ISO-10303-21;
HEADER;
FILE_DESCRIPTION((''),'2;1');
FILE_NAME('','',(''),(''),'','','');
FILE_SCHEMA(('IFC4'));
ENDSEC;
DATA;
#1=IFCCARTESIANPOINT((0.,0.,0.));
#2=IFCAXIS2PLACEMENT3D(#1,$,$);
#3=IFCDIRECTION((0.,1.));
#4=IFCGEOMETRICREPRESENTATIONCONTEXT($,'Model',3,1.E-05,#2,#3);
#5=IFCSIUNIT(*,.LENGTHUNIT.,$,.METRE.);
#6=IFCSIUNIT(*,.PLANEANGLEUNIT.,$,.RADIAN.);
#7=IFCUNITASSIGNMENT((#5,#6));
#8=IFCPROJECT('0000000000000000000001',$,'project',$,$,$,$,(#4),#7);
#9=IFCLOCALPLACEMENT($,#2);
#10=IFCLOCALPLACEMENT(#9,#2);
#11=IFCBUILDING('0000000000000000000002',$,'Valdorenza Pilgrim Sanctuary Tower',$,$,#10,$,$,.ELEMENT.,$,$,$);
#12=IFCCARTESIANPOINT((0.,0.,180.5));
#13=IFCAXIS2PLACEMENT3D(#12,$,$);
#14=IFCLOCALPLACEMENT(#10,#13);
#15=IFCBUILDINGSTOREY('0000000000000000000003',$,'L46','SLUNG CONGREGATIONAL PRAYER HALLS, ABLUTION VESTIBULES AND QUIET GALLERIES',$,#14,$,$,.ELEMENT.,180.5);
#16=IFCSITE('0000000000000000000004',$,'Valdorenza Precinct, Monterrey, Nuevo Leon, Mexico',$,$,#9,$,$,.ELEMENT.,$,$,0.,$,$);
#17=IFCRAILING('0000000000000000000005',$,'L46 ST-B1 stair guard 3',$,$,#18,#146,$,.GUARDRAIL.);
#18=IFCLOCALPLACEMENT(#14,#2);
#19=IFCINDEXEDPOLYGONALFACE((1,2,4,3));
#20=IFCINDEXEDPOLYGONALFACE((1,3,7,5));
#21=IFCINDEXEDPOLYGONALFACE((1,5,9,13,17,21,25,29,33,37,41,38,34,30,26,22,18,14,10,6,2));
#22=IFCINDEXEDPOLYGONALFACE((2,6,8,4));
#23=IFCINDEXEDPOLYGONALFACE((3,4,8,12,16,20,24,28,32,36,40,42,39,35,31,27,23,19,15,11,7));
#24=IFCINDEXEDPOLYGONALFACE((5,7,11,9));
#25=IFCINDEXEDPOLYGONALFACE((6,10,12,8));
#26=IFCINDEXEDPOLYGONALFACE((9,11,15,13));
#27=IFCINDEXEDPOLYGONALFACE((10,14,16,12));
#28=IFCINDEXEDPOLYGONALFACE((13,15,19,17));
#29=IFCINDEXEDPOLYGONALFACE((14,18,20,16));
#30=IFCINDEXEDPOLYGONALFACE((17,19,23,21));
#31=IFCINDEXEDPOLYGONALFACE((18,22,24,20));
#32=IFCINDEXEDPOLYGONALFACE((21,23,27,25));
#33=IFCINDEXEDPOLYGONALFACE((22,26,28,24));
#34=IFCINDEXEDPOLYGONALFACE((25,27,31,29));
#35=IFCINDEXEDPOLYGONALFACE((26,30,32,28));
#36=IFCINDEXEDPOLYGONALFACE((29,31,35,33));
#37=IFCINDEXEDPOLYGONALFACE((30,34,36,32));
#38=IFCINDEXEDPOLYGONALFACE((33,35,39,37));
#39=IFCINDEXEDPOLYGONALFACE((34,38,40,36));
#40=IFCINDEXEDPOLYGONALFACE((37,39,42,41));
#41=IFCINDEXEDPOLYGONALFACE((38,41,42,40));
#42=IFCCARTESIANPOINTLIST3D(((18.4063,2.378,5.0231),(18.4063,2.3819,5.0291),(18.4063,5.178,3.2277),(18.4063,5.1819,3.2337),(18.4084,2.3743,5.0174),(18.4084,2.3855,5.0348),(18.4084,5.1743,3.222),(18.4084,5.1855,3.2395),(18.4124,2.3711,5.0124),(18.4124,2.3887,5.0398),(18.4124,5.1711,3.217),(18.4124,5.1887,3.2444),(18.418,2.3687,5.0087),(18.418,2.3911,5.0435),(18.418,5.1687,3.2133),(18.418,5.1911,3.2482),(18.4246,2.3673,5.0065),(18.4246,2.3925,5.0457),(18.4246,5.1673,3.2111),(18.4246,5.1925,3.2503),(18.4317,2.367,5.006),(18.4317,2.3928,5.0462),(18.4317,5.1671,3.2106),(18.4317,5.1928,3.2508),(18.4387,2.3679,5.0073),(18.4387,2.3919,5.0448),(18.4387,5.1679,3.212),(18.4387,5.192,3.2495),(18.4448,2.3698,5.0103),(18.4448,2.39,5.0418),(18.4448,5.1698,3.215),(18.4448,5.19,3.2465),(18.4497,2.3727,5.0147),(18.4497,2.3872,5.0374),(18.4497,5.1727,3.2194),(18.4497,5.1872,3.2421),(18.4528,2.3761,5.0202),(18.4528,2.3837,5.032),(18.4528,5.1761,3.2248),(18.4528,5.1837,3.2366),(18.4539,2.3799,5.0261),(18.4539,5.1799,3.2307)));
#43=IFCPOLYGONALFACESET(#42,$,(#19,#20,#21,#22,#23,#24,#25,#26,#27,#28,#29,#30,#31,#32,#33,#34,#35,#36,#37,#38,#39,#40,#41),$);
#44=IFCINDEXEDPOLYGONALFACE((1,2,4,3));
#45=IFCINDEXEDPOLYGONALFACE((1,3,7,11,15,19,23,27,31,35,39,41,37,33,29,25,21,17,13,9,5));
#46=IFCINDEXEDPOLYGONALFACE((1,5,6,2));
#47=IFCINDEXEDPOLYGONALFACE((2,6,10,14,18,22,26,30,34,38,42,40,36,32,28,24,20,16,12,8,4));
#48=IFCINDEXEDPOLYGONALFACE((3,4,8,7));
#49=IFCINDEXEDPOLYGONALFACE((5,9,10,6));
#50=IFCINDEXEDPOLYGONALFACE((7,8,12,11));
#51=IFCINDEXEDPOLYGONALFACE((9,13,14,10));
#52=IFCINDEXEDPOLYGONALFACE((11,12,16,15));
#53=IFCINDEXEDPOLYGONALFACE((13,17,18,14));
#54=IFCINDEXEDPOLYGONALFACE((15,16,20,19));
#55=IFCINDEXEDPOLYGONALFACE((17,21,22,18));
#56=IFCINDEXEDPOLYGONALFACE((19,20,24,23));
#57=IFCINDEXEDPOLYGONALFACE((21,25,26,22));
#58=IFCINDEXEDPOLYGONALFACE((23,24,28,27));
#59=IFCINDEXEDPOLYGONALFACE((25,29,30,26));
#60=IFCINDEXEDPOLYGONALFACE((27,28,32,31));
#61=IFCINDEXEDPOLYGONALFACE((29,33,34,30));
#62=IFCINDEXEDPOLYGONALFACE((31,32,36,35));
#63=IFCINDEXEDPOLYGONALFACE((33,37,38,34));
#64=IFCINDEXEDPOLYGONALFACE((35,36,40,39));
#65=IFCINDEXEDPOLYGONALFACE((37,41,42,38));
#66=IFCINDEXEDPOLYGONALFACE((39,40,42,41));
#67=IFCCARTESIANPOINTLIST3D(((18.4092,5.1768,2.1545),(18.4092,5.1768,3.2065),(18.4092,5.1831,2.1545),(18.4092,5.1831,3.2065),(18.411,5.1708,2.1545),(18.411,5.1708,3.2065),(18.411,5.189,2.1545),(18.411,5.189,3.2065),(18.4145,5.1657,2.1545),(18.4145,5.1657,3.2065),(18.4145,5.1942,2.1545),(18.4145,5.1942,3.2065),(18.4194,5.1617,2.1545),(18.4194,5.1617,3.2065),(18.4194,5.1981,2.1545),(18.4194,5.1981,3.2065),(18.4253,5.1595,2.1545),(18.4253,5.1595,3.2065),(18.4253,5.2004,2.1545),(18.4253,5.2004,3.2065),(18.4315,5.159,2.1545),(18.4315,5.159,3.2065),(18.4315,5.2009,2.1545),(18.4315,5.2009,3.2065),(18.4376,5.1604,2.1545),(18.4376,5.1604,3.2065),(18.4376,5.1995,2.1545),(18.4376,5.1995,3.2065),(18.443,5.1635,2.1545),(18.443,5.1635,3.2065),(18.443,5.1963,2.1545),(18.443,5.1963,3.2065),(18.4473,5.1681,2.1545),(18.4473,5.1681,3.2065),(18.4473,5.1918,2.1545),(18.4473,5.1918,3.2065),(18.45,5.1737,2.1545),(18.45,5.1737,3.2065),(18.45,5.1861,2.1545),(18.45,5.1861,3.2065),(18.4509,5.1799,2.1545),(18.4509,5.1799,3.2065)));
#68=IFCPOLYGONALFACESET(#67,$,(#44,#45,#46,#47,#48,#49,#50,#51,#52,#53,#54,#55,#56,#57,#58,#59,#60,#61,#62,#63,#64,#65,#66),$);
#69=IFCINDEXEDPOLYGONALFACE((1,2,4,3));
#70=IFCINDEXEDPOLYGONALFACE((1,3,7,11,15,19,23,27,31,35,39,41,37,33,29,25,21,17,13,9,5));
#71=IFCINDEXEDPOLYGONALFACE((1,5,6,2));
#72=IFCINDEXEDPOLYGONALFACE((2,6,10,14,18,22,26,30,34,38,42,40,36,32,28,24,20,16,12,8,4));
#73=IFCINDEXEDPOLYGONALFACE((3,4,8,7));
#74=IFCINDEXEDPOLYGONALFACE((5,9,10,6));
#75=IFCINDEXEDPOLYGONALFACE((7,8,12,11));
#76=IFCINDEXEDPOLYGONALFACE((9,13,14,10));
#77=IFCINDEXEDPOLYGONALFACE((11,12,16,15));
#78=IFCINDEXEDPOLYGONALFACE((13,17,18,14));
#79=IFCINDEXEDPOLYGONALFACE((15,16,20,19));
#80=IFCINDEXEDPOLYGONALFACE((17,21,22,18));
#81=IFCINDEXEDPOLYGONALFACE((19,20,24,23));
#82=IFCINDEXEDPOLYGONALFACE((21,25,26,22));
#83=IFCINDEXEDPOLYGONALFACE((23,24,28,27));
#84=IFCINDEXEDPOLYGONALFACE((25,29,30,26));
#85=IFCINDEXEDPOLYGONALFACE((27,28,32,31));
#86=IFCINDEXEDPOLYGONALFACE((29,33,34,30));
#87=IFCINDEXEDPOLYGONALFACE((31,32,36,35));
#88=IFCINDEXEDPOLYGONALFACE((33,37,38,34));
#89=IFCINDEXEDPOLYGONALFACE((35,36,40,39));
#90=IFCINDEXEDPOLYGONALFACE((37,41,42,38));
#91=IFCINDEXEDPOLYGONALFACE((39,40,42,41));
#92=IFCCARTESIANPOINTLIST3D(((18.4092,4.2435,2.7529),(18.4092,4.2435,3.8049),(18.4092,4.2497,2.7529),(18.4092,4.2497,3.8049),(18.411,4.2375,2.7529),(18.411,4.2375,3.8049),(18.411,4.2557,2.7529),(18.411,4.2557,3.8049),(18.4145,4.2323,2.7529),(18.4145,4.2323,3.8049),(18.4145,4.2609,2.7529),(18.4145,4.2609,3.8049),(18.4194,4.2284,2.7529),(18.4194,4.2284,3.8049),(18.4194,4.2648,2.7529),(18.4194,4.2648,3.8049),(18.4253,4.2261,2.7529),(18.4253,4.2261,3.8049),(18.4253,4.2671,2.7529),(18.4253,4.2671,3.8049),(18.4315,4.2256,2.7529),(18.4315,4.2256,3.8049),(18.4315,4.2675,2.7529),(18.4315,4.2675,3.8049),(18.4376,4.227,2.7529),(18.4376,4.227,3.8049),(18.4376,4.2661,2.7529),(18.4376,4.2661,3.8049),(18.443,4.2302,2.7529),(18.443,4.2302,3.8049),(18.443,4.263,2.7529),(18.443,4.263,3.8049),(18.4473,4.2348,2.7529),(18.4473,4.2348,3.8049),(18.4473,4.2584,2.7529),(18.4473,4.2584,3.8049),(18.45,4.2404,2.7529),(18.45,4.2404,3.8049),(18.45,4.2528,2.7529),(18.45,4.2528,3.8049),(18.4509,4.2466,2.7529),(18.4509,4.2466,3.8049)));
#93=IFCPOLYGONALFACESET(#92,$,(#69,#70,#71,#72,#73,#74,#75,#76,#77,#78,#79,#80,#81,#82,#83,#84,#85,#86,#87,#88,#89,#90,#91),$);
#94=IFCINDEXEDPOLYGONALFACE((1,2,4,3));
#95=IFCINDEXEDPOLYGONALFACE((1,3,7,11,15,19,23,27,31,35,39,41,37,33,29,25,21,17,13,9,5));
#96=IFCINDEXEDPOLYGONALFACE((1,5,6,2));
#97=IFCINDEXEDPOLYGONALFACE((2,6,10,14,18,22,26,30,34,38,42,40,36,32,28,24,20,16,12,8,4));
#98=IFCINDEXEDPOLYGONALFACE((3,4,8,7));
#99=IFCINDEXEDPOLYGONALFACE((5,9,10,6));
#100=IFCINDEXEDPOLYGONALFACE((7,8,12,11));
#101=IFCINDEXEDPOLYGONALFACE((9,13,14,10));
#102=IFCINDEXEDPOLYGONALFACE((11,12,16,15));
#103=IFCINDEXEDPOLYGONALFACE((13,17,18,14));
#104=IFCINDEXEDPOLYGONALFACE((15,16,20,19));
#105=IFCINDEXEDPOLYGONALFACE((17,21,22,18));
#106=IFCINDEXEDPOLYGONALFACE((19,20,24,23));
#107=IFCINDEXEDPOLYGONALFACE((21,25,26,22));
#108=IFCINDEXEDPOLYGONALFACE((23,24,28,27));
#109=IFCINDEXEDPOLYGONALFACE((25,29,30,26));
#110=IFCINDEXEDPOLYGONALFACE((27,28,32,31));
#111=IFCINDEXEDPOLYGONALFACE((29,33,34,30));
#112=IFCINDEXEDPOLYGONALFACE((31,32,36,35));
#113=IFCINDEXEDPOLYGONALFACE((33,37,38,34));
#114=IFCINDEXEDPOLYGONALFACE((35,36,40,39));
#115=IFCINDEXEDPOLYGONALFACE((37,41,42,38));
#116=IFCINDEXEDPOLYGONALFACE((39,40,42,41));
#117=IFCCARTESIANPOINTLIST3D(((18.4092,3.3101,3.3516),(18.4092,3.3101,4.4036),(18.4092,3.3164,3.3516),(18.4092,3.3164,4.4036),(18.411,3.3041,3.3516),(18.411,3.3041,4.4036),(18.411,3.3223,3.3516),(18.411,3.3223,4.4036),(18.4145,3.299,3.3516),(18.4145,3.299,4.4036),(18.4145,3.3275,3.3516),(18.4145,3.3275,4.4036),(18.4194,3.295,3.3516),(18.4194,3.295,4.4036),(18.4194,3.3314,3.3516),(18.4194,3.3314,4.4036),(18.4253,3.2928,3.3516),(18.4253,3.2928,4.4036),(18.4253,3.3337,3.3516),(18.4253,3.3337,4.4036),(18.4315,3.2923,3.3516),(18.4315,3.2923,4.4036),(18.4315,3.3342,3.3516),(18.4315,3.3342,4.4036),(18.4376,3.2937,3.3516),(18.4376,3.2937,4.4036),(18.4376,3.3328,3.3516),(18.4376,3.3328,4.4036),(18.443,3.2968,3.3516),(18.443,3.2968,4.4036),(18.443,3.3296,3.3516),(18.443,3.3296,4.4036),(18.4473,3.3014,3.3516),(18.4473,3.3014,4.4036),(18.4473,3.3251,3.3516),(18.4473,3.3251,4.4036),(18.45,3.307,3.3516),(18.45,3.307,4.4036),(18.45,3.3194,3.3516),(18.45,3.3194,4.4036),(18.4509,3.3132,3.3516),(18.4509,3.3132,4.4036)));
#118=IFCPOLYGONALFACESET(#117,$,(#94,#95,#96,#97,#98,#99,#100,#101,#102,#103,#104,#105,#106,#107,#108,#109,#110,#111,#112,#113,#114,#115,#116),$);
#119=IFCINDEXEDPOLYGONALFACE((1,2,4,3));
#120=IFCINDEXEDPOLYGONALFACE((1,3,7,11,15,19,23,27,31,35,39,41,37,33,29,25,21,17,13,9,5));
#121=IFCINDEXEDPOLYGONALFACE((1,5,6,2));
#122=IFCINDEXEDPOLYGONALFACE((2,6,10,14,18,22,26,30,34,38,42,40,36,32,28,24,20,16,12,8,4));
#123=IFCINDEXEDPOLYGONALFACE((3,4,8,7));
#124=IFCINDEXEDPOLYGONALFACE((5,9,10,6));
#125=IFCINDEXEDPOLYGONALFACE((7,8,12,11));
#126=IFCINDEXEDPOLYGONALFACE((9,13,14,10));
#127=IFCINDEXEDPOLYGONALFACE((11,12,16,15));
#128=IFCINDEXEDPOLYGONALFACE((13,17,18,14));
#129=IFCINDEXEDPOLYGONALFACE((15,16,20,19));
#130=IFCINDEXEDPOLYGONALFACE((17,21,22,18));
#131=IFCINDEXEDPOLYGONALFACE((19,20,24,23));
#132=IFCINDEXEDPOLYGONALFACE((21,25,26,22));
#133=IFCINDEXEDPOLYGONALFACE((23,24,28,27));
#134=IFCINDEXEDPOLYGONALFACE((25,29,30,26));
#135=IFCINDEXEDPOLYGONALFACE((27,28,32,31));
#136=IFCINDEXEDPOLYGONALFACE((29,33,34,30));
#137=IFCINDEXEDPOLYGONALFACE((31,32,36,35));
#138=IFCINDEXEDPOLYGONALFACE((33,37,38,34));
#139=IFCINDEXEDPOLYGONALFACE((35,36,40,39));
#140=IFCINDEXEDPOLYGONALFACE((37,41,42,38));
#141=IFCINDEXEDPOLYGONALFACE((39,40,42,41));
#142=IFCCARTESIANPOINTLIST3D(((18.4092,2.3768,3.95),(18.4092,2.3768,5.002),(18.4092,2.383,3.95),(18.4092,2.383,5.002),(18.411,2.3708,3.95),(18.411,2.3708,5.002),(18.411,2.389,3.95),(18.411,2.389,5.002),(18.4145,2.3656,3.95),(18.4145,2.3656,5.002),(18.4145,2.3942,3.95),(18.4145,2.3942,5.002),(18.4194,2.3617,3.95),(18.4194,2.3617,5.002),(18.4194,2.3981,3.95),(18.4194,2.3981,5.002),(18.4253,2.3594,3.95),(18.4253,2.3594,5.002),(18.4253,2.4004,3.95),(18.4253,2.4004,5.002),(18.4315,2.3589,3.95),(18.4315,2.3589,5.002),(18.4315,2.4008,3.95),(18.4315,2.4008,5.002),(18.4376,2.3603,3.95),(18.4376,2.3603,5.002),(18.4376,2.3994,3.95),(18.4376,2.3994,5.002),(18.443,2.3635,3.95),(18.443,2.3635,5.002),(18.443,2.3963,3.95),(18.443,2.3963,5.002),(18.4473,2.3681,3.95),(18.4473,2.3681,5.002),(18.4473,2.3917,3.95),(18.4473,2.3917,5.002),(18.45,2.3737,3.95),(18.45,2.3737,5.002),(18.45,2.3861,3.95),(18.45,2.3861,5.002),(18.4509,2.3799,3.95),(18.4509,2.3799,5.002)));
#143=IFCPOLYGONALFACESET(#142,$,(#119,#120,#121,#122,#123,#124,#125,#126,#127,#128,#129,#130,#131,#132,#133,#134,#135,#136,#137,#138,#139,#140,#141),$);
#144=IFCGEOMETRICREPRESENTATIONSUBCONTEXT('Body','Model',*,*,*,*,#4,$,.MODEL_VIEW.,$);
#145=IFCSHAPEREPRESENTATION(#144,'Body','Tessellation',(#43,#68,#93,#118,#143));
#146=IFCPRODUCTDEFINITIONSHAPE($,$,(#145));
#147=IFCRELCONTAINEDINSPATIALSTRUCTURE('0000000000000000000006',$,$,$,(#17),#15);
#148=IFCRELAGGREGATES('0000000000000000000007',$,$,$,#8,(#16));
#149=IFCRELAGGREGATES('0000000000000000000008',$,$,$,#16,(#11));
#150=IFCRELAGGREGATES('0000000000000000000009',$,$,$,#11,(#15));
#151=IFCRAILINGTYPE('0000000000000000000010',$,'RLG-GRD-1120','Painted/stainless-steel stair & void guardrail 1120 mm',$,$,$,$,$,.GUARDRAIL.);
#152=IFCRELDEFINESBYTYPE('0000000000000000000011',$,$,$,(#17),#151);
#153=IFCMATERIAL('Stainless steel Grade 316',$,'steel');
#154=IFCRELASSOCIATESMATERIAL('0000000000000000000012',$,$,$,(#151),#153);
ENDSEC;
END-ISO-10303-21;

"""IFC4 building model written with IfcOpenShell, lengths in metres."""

from ifc_helpers import new_model, si_unit, direction, frame, origin, origin_2d, place, context, subcontext, project, spatial, circle, extrude, material, type_object, element, save


model = new_model("IFC4")

# Units and contexts
model_context = context("Model", 3, precision=1e-05, world=origin(), true_north=direction((0.0, 1.0)))
body_context = subcontext(model_context, "Body", "Model", "MODEL_VIEW")
ifc_project = project(units=[si_unit("LENGTHUNIT", "METRE"), si_unit("PLANEANGLEUNIT", "RADIAN")], contexts=[model_context])

# Site, building, storey
site_placement = place(None, origin())
site = spatial("IfcSite", under=ifc_project, at=site_placement, Name="Valdorenza Precinct, Monterrey, Nuevo Leon, Mexico", CompositionType="ELEMENT", RefElevation=0.0)
building_placement = place(site_placement, origin())
building = spatial("IfcBuilding", under=site, at=building_placement, Name="Valdorenza Pilgrim Sanctuary Tower", CompositionType="ELEMENT")
storey_placement = place(building_placement, frame((0.0, 0.0, 180.5)))
storey = spatial("IfcBuildingStorey", under=building, at=storey_placement, Name="L46", Description="SLUNG CONGREGATIONAL PRAYER HALLS, ABLUTION VESTIBULES AND QUIET GALLERIES", CompositionType="ELEMENT", Elevation=180.5)

# Railing
ifc_material_1 = material(Name="Stainless steel Grade 316", Category="steel")
railing_type_1 = type_object("IfcRailingType", Name="RLG-GRD-1120", Description="Painted/stainless-steel stair & void guardrail 1120 mm", PredefinedType="GUARDRAIL", material=ifc_material_1)
railing_1_placement = place(storey_placement, frame((18.4299, 5.1799, 2.1545)))
element("IfcRailing", 1, at=railing_1_placement, inside=storey, type_object=railing_type_1, Name="L46 ST-B1 stair guard 3", PredefinedType="GUARDRAIL", context=body_context, shape_type="SweptSolid", body=[
    extrude(circle(Radius=0.0239, at=origin_2d()), frame((0.0, 0.0, 1.0762), z_axis=(0.0, -0.84181, 0.539774), x_axis=(1.0, 0.0, 0.0)), (0.0, 0.0, 1.0), 3.3262),
    extrude(circle(Radius=0.021, at=origin_2d()), origin(), (0.0, 0.0, 1.0), 1.052),
    extrude(circle(Radius=0.021, at=origin_2d()), frame((0.0, -0.9333, 0.5984)), (0.0, 0.0, 1.0), 1.052),
    extrude(circle(Radius=0.021, at=origin_2d()), frame((0.0, -1.8667, 1.197)), (0.0, 0.0, 1.0), 1.052),
    extrude(circle(Radius=0.021, at=origin_2d()), frame((0.0, -2.8, 1.7954)), (0.0, 0.0, 1.0), 1.052),
])

save(model, "model.ifc")
